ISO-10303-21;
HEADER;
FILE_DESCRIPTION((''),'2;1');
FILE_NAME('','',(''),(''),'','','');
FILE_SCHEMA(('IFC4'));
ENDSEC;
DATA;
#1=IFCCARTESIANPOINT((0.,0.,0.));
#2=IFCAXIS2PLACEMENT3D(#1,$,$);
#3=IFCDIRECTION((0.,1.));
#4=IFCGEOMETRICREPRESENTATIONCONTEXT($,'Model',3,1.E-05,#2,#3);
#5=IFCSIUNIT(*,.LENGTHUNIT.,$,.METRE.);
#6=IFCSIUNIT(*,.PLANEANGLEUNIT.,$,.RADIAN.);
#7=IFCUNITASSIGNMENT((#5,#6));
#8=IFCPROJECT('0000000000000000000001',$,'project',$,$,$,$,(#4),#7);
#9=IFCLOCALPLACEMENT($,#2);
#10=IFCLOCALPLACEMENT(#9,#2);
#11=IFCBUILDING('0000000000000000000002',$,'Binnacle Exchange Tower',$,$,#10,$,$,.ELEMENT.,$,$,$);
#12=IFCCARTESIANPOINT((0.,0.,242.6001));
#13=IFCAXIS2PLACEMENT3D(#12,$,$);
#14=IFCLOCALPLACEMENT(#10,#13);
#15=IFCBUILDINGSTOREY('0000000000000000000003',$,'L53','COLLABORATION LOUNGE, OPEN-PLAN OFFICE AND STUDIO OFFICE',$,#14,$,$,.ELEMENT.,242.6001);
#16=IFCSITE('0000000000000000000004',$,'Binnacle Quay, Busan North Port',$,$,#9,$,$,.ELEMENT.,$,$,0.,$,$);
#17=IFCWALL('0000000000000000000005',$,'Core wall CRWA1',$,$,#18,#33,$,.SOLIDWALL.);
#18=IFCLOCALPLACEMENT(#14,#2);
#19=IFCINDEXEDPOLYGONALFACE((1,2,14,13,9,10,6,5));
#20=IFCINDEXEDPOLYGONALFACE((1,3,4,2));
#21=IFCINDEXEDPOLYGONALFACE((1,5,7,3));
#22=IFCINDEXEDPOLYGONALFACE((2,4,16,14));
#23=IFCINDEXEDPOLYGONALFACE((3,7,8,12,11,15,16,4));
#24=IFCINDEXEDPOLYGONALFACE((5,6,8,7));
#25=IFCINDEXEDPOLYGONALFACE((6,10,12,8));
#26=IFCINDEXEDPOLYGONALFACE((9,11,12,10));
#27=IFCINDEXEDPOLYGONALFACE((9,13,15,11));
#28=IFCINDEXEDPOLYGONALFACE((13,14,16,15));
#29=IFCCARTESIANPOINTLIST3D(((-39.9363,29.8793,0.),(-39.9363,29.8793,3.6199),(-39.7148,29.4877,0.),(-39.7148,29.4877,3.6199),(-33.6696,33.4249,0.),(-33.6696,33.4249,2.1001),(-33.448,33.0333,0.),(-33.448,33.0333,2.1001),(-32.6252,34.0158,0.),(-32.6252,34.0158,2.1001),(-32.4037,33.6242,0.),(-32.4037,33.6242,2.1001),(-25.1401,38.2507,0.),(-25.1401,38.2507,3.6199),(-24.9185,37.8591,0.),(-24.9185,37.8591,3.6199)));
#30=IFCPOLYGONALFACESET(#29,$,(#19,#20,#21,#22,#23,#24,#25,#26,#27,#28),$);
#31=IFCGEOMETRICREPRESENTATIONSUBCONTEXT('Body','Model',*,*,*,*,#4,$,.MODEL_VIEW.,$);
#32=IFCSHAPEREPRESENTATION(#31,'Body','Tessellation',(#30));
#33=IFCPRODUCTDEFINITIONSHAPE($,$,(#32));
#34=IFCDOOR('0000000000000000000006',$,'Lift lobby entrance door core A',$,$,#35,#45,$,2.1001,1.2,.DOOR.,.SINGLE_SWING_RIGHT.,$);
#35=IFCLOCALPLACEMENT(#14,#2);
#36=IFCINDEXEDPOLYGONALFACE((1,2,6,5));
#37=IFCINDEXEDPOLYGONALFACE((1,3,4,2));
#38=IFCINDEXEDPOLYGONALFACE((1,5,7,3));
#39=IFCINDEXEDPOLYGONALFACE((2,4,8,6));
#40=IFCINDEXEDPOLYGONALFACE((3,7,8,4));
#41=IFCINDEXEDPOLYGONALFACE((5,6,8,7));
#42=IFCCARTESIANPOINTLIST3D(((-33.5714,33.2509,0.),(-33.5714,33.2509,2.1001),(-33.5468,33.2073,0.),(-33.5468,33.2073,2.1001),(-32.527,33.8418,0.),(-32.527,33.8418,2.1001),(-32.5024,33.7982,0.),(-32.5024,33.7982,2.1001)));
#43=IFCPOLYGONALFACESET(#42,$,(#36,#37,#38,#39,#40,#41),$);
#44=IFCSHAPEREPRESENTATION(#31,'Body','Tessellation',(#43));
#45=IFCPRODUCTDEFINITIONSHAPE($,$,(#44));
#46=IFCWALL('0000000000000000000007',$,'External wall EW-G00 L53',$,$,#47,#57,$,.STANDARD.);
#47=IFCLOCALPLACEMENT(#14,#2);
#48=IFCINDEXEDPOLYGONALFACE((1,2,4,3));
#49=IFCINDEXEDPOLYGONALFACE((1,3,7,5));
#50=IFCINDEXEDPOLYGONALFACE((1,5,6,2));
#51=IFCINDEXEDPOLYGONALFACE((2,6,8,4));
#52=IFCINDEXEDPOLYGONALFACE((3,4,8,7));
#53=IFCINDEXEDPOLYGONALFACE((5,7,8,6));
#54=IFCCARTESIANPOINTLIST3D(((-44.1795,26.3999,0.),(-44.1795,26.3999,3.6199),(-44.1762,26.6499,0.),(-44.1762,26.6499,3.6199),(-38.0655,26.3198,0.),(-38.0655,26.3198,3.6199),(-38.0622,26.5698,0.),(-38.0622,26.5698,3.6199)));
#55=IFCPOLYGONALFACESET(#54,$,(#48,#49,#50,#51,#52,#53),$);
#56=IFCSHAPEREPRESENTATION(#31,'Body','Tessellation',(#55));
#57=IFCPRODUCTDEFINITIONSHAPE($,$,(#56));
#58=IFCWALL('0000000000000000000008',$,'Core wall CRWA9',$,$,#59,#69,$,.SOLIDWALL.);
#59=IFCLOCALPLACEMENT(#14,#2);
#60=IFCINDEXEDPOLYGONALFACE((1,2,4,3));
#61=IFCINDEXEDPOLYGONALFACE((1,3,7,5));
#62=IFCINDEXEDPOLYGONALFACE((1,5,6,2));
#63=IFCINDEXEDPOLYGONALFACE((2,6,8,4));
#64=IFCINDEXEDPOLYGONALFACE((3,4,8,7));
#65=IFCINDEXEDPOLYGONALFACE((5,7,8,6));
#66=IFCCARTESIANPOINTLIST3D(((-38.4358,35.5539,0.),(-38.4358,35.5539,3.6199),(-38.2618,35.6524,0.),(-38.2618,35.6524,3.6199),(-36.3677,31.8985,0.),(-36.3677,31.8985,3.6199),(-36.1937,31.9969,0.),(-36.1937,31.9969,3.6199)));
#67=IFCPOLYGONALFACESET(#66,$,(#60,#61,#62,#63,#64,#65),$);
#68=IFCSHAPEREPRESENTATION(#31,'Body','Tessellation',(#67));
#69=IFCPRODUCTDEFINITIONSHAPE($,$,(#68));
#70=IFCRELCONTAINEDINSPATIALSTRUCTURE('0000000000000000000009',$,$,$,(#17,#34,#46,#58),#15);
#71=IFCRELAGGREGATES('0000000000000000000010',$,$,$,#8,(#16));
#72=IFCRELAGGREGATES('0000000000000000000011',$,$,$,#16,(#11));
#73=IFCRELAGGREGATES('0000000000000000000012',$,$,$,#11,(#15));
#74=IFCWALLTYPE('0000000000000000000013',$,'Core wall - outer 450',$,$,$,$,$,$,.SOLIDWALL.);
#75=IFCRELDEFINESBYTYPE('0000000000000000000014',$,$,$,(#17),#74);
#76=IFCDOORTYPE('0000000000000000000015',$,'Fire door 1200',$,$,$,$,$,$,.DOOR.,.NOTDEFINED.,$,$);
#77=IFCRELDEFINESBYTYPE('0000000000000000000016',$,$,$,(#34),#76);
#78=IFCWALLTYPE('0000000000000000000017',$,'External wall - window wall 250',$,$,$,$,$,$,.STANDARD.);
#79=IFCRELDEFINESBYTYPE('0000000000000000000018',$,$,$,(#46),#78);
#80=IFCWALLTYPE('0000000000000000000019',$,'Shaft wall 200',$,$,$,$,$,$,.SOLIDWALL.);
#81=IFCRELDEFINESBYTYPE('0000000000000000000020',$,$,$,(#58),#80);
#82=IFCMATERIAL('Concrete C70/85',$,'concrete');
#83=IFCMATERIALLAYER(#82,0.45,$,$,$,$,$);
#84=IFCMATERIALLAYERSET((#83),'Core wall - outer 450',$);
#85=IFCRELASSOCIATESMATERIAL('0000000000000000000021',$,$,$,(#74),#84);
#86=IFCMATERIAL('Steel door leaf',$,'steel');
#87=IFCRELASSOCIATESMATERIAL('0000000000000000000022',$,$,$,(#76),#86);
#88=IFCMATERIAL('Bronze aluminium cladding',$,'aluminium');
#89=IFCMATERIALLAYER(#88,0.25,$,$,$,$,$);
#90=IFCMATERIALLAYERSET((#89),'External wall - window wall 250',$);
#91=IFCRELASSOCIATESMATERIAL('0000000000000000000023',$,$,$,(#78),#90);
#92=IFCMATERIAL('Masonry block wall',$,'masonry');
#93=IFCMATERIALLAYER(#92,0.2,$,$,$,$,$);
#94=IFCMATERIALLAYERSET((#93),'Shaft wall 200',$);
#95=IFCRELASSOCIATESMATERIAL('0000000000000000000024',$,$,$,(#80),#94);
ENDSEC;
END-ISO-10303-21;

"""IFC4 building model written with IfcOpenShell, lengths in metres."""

from ifc_helpers import new_model, si_unit, direction, frame, frame_2d, origin, place, context, subcontext, project, spatial, rectangle, extrude, material, layer, layer_set, type_object, element, fill, save


model = new_model("IFC4")

# Units and contexts
model_context = context("Model", 3, precision=1e-05, world=origin(), true_north=direction((0.0, 1.0)))
body_context = subcontext(model_context, "Body", "Model", "MODEL_VIEW")
ifc_project = project(units=[si_unit("LENGTHUNIT", "METRE"), si_unit("PLANEANGLEUNIT", "RADIAN")], contexts=[model_context])

# Site, building, storey
site_placement = place(None, origin())
site = spatial("IfcSite", under=ifc_project, at=site_placement, Name="Binnacle Quay, Busan North Port", CompositionType="ELEMENT", RefElevation=0.0)
building_placement = place(site_placement, origin())
building = spatial("IfcBuilding", under=site, at=building_placement, Name="Binnacle Exchange Tower", CompositionType="ELEMENT")
storey_placement = place(building_placement, frame((0.0, 0.0, 242.6001)))
storey = spatial("IfcBuildingStorey", under=building, at=storey_placement, Name="L53", Description="COLLABORATION LOUNGE, OPEN-PLAN OFFICE AND STUDIO OFFICE", CompositionType="ELEMENT", Elevation=242.6001)

# Shared definitions
ifc_material_1 = material(Name="Concrete C70/85", Category="concrete")

# Wall, opening, door
ifc_layer_1 = layer(ifc_material_1, 0.45)
ifc_layer_set_1 = layer_set([ifc_layer_1], Name="Core wall - outer 450")
wall_type_1 = type_object("IfcWallType", Name="Core wall - outer 450", PredefinedType="SOLIDWALL", material=ifc_layer_set_1)
wall_1_placement = place(storey_placement, frame((-39.8254, 29.6836, 0.0), z_axis=(0.0, 0.0, 1.0), x_axis=(0.870354, 0.492427, 0.0)))
wall_1 = element("IfcWall", 1, at=wall_1_placement, inside=storey, type_object=wall_type_1, Name="Core wall CRWA1", PredefinedType="SOLIDWALL", context=body_context, shape_type="SweptSolid", body=[
    extrude(rectangle(XDim=17.0002, YDim=0.45, at=frame_2d((8.5, 0.0))), origin(), (0.0, 0.0, 1.0), 3.6199),
])
opening_placement = place(wall_1_placement, frame((7.2, 0.0, 0.0)))
opening = element("IfcOpeningElement", 2, at=opening_placement, cuts=wall_1, PredefinedType="OPENING", context=body_context, shape_type="SweptSolid", body=[
    extrude(rectangle(XDim=1.2, YDim=2.1001, at=frame_2d((0.6001, 1.05))), frame((0.0, 0.2349, 0.0), z_axis=(0.0, -1.0, 0.0), x_axis=(1.0, 0.0, 0.0)), (0.0, 0.0, 1.0), 0.47),
])
ifc_material_2 = material(Name="Steel door leaf", Category="steel")
door_type = type_object("IfcDoorType", Name="Fire door 1200", OperationType="NOTDEFINED", PredefinedType="DOOR", material=ifc_material_2)
door_placement = place(opening_placement, frame((1.2, 0.0, 0.0), z_axis=(0.0, 0.0, 1.0), x_axis=(-1.0, 0.0, 0.0)))
door = element("IfcDoor", 3, at=door_placement, inside=storey, type_object=door_type, Name="Lift lobby entrance door core A", OperationType="SINGLE_SWING_RIGHT", OverallHeight=2.1001, OverallWidth=1.2, PredefinedType="DOOR", context=body_context, shape_type="SweptSolid", body=[
    extrude(rectangle(XDim=1.2, YDim=2.1001, at=frame_2d((0.6001, 1.05))), frame((0.0, 0.0249, 0.0), z_axis=(0.0, -1.0, 0.0), x_axis=(1.0, 0.0, 0.0)), (0.0, 0.0, 1.0), 0.05),
])
fill(opening, door)

# Walls
ifc_material_3 = material(Name="Bronze aluminium cladding", Category="aluminium")
ifc_layer_2 = layer(ifc_material_3, 0.25)
ifc_layer_set_2 = layer_set([ifc_layer_2], Name="External wall - window wall 250")
wall_type_2 = type_object("IfcWallType", Name="External wall - window wall 250", PredefinedType="STANDARD", material=ifc_layer_set_2)
wall_2_placement = place(storey_placement, frame((-38.064, 26.4448, 0.0), z_axis=(0.0, 0.0, 1.0), x_axis=(-0.999914, 0.013096, 0.0)))
element("IfcWall", 4, at=wall_2_placement, inside=storey, type_object=wall_type_2, Name="External wall EW-G00 L53", PredefinedType="STANDARD", context=body_context, shape_type="SweptSolid", body=[
    extrude(rectangle(XDim=6.1145, YDim=0.25, at=frame_2d((3.0571, 0.0))), origin(), (0.0, 0.0, 1.0), 3.6199),
])
ifc_material_4 = material(Name="Masonry block wall", Category="masonry")
ifc_layer_3 = layer(ifc_material_4, 0.2)
ifc_layer_set_3 = layer_set([ifc_layer_3], Name="Shaft wall 200")
wall_type_3 = type_object("IfcWallType", Name="Shaft wall 200", PredefinedType="SOLIDWALL", material=ifc_layer_set_3)
wall_3_placement = place(storey_placement, frame((-38.3489, 35.6033, 0.0), z_axis=(0.0, 0.0, 1.0), x_axis=(0.49241, -0.870364, 0.0)))
element("IfcWall", 5, at=wall_3_placement, inside=storey, type_object=wall_type_3, Name="Core wall CRWA9", PredefinedType="SOLIDWALL", context=body_context, shape_type="SweptSolid", body=[
    extrude(rectangle(XDim=4.2, YDim=0.2, at=frame_2d((2.1001, 0.0))), origin(), (0.0, 0.0, 1.0), 3.6199),
])

save(model, "model.ifc")
